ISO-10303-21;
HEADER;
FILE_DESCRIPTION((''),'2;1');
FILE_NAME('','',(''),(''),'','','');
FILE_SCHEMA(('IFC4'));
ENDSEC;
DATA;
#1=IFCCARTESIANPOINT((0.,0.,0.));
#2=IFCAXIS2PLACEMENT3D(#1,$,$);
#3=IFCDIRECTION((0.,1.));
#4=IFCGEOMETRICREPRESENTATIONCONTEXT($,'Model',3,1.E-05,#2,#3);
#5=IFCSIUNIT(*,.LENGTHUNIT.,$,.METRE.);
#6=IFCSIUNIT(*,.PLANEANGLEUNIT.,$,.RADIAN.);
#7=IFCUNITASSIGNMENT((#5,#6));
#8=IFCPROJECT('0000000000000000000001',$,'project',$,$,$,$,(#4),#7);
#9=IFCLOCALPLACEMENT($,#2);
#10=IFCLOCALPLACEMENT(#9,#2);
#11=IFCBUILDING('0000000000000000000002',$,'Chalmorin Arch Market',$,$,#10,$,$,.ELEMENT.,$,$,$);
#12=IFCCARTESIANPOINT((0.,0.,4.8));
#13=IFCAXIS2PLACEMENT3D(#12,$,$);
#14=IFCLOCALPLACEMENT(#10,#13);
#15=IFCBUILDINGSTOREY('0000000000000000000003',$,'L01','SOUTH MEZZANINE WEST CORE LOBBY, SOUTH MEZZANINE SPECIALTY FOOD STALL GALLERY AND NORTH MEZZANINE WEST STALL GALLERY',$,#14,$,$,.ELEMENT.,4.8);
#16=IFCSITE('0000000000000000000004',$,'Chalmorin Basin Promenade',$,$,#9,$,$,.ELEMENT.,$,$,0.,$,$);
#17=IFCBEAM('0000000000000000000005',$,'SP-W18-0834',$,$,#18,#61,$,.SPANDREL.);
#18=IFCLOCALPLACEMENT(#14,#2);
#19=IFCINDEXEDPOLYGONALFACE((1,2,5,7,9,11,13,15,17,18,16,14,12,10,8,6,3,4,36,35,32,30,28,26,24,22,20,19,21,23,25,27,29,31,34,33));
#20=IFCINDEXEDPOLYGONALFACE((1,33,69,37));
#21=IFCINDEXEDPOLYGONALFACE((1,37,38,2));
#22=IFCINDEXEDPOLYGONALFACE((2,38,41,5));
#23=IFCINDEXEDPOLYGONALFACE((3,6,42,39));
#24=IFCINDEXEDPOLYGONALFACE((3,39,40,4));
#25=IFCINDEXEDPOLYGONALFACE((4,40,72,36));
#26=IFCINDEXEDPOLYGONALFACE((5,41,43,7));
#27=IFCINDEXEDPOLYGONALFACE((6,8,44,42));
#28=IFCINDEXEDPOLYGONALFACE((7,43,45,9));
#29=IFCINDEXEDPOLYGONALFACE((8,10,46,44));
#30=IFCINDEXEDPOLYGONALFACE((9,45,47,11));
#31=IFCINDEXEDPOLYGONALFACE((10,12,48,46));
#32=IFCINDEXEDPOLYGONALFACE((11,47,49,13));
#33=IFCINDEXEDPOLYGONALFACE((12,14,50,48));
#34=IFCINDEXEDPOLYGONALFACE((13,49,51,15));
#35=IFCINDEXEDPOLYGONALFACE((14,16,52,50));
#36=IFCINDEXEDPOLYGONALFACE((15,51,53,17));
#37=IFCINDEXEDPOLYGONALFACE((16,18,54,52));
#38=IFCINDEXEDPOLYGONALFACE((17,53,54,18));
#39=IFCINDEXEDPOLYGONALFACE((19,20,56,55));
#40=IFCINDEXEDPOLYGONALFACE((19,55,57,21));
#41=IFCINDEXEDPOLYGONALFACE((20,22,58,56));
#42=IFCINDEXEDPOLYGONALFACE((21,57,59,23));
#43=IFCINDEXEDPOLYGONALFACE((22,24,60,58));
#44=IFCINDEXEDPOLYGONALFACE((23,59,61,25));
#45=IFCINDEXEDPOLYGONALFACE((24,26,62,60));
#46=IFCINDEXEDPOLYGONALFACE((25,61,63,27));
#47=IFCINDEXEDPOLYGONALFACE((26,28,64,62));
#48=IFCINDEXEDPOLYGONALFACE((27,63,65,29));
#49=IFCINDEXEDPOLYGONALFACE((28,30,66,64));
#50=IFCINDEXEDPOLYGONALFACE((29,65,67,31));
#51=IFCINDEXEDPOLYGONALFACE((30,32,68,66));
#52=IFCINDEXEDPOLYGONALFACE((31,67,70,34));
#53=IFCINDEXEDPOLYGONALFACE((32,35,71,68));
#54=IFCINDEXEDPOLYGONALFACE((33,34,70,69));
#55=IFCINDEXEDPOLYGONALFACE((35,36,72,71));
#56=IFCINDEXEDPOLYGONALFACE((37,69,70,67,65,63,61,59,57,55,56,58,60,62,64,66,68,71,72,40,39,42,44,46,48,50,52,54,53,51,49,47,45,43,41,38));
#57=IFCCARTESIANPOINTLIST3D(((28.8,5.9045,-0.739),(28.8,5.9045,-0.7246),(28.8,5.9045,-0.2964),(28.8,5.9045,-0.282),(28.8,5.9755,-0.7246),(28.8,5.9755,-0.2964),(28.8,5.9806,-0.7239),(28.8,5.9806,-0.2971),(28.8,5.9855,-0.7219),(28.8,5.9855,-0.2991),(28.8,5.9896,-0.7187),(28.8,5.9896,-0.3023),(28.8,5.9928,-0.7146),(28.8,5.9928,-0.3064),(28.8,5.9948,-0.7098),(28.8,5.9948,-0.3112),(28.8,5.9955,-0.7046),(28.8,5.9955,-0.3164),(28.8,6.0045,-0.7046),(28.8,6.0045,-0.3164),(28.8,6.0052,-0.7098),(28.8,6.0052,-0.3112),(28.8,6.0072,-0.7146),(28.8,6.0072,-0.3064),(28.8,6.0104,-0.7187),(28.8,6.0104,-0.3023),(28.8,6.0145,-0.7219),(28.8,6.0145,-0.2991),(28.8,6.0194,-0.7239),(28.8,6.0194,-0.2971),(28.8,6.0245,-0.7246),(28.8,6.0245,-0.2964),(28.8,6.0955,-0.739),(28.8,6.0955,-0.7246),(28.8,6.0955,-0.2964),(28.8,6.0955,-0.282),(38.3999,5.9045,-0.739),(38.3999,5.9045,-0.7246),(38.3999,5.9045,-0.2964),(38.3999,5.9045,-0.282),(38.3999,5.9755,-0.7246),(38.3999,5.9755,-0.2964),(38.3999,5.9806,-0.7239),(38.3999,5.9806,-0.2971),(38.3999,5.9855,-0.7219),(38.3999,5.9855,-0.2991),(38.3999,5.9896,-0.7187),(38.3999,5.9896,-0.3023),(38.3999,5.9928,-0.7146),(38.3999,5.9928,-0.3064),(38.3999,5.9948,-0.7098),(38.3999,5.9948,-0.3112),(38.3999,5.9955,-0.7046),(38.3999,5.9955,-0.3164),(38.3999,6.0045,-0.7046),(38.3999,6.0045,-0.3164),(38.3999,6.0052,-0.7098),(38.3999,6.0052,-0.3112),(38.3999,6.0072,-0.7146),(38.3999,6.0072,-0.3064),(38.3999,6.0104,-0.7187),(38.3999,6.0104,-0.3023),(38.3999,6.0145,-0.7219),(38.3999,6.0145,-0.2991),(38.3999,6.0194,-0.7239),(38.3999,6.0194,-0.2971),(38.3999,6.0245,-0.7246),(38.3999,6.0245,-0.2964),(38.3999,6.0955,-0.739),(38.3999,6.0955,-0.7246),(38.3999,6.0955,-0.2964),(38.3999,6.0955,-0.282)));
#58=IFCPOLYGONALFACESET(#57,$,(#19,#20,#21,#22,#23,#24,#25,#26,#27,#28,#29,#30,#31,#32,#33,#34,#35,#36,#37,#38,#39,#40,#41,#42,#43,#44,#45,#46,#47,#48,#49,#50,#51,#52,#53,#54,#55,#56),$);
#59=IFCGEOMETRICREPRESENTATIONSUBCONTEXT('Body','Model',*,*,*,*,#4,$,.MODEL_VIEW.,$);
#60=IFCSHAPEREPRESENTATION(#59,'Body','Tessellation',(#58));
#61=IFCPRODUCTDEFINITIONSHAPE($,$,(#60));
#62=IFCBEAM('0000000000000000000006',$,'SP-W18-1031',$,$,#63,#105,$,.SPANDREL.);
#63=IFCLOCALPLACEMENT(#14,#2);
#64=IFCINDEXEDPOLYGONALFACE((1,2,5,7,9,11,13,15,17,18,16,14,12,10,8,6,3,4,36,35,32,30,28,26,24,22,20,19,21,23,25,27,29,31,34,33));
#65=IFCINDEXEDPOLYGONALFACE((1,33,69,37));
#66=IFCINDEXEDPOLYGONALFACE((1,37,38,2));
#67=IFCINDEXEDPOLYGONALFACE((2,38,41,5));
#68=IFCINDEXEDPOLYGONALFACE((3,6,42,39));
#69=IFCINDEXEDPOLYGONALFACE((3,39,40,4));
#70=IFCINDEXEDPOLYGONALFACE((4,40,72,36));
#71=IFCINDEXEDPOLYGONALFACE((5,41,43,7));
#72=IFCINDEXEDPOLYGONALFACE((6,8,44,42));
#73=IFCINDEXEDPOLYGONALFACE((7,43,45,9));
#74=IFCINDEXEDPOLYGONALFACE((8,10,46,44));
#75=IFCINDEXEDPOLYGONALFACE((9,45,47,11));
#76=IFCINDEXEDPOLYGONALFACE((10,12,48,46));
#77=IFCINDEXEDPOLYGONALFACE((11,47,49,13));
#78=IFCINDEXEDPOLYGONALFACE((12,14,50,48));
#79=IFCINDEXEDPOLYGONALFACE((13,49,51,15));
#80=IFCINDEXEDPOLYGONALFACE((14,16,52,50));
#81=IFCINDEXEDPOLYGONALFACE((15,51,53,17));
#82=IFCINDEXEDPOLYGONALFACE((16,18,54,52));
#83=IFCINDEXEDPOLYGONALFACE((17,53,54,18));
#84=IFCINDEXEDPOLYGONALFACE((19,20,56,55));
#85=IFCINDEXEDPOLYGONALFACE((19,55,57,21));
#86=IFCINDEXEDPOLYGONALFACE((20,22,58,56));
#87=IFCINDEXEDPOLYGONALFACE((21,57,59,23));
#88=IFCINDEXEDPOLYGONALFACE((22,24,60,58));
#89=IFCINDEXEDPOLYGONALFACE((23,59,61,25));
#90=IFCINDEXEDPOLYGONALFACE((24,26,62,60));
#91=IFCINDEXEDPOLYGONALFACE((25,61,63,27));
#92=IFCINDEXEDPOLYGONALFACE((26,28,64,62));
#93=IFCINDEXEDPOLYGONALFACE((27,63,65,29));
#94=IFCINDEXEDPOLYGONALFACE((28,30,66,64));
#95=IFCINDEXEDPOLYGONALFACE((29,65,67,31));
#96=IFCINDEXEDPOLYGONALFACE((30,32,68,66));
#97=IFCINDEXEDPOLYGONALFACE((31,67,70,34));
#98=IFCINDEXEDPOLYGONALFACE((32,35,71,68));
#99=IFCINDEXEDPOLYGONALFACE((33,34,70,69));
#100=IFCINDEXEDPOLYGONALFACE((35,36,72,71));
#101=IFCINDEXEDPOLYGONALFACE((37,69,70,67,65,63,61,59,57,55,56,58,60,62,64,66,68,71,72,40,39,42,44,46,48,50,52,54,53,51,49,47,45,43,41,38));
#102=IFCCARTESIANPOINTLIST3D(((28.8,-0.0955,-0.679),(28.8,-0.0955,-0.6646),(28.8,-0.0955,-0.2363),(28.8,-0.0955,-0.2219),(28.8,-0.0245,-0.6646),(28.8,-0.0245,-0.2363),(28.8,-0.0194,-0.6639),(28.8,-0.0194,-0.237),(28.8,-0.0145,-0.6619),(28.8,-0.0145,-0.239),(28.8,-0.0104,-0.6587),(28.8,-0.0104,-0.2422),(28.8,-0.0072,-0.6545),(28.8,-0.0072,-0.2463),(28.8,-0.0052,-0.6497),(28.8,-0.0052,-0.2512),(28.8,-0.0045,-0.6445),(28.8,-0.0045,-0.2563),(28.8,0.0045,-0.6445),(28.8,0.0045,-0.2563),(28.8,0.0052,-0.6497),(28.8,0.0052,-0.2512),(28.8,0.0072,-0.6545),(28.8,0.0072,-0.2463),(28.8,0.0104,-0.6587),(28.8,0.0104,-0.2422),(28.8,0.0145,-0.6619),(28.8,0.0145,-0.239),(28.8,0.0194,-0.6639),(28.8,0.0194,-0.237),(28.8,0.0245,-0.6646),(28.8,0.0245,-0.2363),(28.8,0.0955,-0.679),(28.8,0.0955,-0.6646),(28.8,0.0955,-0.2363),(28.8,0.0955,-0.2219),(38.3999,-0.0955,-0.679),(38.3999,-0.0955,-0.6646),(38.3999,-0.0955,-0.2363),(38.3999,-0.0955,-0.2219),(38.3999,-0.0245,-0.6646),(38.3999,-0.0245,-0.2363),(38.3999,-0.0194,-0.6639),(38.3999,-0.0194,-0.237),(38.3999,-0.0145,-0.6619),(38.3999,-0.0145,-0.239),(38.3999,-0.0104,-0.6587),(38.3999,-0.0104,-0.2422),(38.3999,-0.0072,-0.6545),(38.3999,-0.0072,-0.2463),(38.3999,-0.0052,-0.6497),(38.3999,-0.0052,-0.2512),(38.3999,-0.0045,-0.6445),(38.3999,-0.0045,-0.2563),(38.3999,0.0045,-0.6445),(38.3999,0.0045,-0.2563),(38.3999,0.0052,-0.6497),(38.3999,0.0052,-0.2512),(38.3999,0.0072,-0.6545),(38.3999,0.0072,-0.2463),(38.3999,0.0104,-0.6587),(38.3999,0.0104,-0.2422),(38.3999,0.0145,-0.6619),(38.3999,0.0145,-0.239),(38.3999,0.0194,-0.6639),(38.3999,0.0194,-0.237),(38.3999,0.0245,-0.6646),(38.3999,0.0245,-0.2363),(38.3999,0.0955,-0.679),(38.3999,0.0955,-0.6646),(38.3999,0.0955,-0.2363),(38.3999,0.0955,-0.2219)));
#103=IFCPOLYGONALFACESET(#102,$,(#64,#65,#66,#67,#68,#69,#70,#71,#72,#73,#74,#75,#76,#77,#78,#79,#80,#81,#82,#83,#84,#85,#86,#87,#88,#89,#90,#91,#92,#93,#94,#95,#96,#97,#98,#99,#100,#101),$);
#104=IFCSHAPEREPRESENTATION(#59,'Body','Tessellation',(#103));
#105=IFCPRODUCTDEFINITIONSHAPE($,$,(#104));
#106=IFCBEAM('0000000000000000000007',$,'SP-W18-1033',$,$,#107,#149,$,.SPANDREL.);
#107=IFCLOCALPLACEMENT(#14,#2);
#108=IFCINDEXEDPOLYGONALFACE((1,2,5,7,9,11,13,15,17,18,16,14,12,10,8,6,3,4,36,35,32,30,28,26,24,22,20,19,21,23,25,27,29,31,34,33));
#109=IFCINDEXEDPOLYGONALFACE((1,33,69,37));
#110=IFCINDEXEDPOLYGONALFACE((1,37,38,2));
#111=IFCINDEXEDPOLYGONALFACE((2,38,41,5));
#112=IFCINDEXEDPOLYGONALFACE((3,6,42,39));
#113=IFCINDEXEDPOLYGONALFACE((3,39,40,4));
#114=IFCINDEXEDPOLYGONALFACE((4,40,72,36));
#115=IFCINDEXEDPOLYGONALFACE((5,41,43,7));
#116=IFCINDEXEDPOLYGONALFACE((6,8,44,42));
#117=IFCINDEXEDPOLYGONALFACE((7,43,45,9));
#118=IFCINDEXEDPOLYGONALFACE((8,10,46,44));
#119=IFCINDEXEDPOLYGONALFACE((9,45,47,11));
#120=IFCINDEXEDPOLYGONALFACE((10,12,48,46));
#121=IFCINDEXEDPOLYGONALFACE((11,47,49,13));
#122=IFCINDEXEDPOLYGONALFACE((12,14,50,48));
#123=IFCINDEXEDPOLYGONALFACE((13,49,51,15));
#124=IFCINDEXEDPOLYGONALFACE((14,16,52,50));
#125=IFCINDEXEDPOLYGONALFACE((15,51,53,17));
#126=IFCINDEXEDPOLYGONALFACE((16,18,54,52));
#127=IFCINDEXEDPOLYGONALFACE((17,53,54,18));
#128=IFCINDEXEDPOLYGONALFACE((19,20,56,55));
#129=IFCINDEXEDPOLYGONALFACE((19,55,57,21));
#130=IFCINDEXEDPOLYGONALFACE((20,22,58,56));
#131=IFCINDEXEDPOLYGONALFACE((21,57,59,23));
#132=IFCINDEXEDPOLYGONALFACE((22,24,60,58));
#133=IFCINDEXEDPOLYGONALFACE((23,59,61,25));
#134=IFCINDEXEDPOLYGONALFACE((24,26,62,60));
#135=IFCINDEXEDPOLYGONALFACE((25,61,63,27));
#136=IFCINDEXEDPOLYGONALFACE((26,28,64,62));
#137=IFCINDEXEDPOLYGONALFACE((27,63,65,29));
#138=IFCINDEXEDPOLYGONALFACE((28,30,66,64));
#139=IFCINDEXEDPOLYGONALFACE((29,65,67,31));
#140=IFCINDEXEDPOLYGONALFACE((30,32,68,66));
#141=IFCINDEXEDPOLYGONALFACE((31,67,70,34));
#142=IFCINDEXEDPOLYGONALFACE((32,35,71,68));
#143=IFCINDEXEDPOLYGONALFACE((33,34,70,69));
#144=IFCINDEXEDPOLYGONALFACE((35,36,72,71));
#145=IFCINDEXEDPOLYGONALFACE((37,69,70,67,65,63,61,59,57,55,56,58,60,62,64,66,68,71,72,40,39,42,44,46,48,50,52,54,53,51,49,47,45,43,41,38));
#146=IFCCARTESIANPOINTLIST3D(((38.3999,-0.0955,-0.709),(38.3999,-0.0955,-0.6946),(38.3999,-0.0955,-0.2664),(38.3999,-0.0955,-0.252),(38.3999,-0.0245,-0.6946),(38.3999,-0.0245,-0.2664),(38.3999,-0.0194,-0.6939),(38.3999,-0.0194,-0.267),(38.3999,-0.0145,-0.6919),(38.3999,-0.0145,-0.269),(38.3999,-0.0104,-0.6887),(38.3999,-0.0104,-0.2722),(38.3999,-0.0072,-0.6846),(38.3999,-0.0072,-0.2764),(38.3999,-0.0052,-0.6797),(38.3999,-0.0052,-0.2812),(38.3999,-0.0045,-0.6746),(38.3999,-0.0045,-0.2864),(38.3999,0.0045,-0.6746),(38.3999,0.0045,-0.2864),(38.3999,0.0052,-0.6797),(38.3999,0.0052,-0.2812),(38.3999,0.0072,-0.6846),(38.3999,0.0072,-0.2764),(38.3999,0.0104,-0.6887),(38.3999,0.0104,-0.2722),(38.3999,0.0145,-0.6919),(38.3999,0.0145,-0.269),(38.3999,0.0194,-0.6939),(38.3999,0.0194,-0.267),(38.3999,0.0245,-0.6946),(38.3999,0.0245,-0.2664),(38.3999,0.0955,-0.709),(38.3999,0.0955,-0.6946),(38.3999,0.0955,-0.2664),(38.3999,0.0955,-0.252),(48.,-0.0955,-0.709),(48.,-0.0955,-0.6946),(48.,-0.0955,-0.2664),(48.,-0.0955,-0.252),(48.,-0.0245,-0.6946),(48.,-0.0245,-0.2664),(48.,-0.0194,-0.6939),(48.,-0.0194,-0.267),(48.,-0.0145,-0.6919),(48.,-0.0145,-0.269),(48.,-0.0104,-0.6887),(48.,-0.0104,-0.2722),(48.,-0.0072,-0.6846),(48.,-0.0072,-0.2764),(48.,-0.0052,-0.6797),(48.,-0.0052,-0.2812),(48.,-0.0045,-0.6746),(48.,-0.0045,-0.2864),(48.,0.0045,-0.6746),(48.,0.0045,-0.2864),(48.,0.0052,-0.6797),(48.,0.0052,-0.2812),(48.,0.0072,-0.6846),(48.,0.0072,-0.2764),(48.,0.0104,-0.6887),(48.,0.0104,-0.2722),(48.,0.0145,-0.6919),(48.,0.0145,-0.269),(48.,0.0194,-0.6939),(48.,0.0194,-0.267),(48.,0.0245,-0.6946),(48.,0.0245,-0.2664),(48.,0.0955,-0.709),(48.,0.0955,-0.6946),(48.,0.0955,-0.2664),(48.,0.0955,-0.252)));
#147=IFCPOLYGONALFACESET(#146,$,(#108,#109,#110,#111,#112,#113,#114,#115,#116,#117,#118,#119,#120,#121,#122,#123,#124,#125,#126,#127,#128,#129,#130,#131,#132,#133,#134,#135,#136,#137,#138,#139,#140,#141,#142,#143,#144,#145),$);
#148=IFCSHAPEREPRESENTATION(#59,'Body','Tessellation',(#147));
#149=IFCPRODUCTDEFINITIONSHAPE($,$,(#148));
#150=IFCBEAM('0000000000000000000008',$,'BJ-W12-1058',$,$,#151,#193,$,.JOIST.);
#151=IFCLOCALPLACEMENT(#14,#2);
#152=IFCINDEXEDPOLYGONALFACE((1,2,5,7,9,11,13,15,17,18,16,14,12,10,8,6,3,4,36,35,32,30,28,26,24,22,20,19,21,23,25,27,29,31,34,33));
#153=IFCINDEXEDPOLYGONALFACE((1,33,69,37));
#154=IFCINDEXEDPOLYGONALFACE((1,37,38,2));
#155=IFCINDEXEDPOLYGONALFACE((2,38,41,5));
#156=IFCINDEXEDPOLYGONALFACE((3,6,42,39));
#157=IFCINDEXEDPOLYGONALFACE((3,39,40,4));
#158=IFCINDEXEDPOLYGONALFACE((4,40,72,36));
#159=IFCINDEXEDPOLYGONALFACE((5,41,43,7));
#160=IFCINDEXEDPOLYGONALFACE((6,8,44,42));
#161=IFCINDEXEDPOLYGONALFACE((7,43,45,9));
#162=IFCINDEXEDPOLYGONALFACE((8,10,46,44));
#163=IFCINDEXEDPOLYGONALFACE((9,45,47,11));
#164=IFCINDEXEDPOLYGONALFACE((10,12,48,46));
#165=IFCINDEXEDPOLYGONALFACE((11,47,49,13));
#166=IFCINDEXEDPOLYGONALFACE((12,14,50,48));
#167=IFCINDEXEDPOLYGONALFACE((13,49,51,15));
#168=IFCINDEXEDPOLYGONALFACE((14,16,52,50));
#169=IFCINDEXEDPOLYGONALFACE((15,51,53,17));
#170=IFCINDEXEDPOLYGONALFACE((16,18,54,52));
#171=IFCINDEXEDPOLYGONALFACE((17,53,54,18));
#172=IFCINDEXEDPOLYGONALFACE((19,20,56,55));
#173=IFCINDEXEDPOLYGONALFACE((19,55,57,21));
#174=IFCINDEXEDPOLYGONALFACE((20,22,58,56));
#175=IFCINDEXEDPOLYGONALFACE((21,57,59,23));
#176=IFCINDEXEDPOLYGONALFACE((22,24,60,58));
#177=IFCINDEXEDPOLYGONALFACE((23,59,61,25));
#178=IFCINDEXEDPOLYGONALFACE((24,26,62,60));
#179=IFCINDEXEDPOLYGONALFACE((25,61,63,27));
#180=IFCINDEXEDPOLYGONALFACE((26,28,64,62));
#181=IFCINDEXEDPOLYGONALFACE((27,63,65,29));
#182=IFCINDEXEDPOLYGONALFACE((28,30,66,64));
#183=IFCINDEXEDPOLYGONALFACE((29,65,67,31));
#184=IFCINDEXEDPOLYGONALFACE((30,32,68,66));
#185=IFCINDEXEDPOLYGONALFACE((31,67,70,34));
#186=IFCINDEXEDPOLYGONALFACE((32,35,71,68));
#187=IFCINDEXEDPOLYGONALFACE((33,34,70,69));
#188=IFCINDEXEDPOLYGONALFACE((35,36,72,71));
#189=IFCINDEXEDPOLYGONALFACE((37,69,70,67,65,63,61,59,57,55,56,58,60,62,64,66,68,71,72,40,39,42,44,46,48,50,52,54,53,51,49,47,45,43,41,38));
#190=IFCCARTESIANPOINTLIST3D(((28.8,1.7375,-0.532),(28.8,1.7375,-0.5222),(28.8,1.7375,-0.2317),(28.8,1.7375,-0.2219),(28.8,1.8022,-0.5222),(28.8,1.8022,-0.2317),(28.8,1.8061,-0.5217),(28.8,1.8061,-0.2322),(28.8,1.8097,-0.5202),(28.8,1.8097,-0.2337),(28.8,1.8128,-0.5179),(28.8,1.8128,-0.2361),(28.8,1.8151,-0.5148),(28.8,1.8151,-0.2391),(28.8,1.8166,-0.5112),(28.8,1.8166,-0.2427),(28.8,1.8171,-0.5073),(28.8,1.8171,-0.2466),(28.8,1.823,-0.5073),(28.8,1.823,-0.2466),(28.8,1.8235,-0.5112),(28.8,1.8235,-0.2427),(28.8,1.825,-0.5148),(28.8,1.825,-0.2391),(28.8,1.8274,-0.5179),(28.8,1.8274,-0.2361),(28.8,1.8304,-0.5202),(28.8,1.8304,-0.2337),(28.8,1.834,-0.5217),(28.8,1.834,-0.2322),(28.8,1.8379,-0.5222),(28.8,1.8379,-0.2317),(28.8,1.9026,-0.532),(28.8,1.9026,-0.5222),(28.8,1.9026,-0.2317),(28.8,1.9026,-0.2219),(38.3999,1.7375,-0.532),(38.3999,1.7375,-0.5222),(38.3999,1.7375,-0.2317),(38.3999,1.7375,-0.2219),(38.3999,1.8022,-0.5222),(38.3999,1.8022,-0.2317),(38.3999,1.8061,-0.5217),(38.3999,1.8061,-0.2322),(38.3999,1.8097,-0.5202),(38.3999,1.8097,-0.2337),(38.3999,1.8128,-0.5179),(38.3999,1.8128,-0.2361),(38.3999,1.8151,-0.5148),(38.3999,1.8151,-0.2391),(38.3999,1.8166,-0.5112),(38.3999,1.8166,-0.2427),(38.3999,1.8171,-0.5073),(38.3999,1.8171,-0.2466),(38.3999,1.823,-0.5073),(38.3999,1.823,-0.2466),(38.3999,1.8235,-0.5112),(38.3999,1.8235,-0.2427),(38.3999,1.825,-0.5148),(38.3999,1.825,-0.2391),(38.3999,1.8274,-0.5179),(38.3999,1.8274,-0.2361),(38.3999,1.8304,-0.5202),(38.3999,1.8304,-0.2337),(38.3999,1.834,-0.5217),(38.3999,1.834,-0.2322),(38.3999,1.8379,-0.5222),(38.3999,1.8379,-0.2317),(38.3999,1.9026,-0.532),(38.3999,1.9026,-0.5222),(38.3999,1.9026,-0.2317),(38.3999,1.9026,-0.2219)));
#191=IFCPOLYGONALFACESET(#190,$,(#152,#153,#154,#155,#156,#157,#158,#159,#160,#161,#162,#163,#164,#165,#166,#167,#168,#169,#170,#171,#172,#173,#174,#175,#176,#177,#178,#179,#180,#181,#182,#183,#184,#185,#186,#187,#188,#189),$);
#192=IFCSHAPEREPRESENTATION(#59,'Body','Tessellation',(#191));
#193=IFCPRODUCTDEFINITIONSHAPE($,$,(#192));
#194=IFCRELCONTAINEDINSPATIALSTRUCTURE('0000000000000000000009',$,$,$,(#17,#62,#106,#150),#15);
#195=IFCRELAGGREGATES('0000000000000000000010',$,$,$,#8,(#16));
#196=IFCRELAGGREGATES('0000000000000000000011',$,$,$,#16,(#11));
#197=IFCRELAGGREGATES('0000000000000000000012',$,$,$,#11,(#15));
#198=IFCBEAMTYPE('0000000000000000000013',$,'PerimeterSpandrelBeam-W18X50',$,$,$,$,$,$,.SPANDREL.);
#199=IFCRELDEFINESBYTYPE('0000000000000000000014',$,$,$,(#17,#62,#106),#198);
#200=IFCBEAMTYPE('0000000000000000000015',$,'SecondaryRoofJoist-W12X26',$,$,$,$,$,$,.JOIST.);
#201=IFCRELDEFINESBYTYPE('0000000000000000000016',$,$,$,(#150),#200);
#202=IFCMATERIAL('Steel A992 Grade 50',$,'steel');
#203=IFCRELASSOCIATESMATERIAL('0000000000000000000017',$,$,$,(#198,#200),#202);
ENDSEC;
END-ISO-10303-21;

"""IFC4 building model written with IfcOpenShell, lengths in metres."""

from ifc_helpers import new_model, si_unit, direction, frame, origin, origin_2d, place, context, subcontext, project, spatial, i_section, extrude, material, material_profile, profile_set, type_object, element, save


model = new_model("IFC4")

# Units and contexts
model_context = context("Model", 3, precision=1e-05, world=origin(), true_north=direction((0.0, 1.0)))
body_context = subcontext(model_context, "Body", "Model", "MODEL_VIEW")
ifc_project = project(units=[si_unit("LENGTHUNIT", "METRE"), si_unit("PLANEANGLEUNIT", "RADIAN")], contexts=[model_context])

# Site, building, storey
site_placement = place(None, origin())
site = spatial("IfcSite", under=ifc_project, at=site_placement, Name="Chalmorin Basin Promenade", CompositionType="ELEMENT", RefElevation=0.0)
building_placement = place(site_placement, origin())
building = spatial("IfcBuilding", under=site, at=building_placement, Name="Chalmorin Arch Market", CompositionType="ELEMENT")
storey_placement = place(building_placement, frame((0.0, 0.0, 4.8)))
storey = spatial("IfcBuildingStorey", under=building, at=storey_placement, Name="L01", Description="SOUTH MEZZANINE WEST CORE LOBBY, SOUTH MEZZANINE SPECIALTY FOOD STALL GALLERY AND NORTH MEZZANINE WEST STALL GALLERY", CompositionType="ELEMENT", Elevation=4.8)

# Beams
ifc_material_1 = material(Name="Steel A992 Grade 50", Category="steel")
ifc_material_profile_1 = material_profile(ifc_material_1, i_section(OverallWidth=0.1909, OverallDepth=0.457, WebThickness=0.009, FlangeThickness=0.0144, FilletRadius=0.02, at=origin_2d()), Name="W18X50")
ifc_profile_set_1 = profile_set([ifc_material_profile_1], Name="Steel A992 Grade 50")
beam_type_1 = type_object("IfcBeamType", Name="PerimeterSpandrelBeam-W18X50", PredefinedType="SPANDREL", material=ifc_profile_set_1)
for number, where, z_axis, x_axis, name in (
    (1, (28.8, 6.0, -0.5105), (1.0, 0.0, 0.0), (0.0, 1.0, 0.0), "SP-W18-0834"),
    (2, (28.8, 0.0, -0.4504), (1.0, 0.0, 0.0), (0.0, 1.0, 0.0), "SP-W18-1031"),
):
    element("IfcBeam", number, at=place(storey_placement, frame(where, z_axis=z_axis, x_axis=x_axis)), inside=storey, type_object=beam_type_1, Name=name, PredefinedType="SPANDREL", context=body_context, shape_type="SweptSolid", body=[
        extrude(i_section(OverallWidth=0.1909, OverallDepth=0.457, WebThickness=0.009, FlangeThickness=0.0144, FilletRadius=0.02, at=origin_2d()), origin(), (0.0, 0.0, 1.0), 9.5999),
    ])
beam_1_placement = place(storey_placement, frame((38.3999, 0.0, -0.4805), z_axis=(1.0, 0.0, 0.0), x_axis=(0.0, 1.0, 0.0)))
element("IfcBeam", 3, at=beam_1_placement, inside=storey, type_object=beam_type_1, Name="SP-W18-1033", PredefinedType="SPANDREL", context=body_context, shape_type="SweptSolid", body=[
    extrude(i_section(OverallWidth=0.1909, OverallDepth=0.457, WebThickness=0.009, FlangeThickness=0.0144, FilletRadius=0.02, at=origin_2d()), origin(), (0.0, 0.0, 1.0), 9.6001),
])
ifc_material_profile_2 = material_profile(ifc_material_1, i_section(OverallWidth=0.165, OverallDepth=0.3101, WebThickness=0.0059, FlangeThickness=0.0098, FilletRadius=0.0149, at=origin_2d()), Name="W12X26")
ifc_profile_set_2 = profile_set([ifc_material_profile_2], Name="Steel A992 Grade 50")
beam_type_2 = type_object("IfcBeamType", Name="SecondaryRoofJoist-W12X26", PredefinedType="JOIST", material=ifc_profile_set_2)
for number, where, z_axis, x_axis, name in (
    (4, (28.8, 1.8201, -0.377), (1.0, 0.0, 0.0), (0.0, 1.0, 0.0), "BJ-W12-1058"),
):
    element("IfcBeam", number, at=place(storey_placement, frame(where, z_axis=z_axis, x_axis=x_axis)), inside=storey, type_object=beam_type_2, Name=name, PredefinedType="JOIST", context=body_context, shape_type="SweptSolid", body=[
        extrude(i_section(OverallWidth=0.165, OverallDepth=0.3101, WebThickness=0.0059, FlangeThickness=0.0098, FilletRadius=0.0149, at=origin_2d()), origin(), (0.0, 0.0, 1.0), 9.5999),
    ])

save(model, "model.ifc")
